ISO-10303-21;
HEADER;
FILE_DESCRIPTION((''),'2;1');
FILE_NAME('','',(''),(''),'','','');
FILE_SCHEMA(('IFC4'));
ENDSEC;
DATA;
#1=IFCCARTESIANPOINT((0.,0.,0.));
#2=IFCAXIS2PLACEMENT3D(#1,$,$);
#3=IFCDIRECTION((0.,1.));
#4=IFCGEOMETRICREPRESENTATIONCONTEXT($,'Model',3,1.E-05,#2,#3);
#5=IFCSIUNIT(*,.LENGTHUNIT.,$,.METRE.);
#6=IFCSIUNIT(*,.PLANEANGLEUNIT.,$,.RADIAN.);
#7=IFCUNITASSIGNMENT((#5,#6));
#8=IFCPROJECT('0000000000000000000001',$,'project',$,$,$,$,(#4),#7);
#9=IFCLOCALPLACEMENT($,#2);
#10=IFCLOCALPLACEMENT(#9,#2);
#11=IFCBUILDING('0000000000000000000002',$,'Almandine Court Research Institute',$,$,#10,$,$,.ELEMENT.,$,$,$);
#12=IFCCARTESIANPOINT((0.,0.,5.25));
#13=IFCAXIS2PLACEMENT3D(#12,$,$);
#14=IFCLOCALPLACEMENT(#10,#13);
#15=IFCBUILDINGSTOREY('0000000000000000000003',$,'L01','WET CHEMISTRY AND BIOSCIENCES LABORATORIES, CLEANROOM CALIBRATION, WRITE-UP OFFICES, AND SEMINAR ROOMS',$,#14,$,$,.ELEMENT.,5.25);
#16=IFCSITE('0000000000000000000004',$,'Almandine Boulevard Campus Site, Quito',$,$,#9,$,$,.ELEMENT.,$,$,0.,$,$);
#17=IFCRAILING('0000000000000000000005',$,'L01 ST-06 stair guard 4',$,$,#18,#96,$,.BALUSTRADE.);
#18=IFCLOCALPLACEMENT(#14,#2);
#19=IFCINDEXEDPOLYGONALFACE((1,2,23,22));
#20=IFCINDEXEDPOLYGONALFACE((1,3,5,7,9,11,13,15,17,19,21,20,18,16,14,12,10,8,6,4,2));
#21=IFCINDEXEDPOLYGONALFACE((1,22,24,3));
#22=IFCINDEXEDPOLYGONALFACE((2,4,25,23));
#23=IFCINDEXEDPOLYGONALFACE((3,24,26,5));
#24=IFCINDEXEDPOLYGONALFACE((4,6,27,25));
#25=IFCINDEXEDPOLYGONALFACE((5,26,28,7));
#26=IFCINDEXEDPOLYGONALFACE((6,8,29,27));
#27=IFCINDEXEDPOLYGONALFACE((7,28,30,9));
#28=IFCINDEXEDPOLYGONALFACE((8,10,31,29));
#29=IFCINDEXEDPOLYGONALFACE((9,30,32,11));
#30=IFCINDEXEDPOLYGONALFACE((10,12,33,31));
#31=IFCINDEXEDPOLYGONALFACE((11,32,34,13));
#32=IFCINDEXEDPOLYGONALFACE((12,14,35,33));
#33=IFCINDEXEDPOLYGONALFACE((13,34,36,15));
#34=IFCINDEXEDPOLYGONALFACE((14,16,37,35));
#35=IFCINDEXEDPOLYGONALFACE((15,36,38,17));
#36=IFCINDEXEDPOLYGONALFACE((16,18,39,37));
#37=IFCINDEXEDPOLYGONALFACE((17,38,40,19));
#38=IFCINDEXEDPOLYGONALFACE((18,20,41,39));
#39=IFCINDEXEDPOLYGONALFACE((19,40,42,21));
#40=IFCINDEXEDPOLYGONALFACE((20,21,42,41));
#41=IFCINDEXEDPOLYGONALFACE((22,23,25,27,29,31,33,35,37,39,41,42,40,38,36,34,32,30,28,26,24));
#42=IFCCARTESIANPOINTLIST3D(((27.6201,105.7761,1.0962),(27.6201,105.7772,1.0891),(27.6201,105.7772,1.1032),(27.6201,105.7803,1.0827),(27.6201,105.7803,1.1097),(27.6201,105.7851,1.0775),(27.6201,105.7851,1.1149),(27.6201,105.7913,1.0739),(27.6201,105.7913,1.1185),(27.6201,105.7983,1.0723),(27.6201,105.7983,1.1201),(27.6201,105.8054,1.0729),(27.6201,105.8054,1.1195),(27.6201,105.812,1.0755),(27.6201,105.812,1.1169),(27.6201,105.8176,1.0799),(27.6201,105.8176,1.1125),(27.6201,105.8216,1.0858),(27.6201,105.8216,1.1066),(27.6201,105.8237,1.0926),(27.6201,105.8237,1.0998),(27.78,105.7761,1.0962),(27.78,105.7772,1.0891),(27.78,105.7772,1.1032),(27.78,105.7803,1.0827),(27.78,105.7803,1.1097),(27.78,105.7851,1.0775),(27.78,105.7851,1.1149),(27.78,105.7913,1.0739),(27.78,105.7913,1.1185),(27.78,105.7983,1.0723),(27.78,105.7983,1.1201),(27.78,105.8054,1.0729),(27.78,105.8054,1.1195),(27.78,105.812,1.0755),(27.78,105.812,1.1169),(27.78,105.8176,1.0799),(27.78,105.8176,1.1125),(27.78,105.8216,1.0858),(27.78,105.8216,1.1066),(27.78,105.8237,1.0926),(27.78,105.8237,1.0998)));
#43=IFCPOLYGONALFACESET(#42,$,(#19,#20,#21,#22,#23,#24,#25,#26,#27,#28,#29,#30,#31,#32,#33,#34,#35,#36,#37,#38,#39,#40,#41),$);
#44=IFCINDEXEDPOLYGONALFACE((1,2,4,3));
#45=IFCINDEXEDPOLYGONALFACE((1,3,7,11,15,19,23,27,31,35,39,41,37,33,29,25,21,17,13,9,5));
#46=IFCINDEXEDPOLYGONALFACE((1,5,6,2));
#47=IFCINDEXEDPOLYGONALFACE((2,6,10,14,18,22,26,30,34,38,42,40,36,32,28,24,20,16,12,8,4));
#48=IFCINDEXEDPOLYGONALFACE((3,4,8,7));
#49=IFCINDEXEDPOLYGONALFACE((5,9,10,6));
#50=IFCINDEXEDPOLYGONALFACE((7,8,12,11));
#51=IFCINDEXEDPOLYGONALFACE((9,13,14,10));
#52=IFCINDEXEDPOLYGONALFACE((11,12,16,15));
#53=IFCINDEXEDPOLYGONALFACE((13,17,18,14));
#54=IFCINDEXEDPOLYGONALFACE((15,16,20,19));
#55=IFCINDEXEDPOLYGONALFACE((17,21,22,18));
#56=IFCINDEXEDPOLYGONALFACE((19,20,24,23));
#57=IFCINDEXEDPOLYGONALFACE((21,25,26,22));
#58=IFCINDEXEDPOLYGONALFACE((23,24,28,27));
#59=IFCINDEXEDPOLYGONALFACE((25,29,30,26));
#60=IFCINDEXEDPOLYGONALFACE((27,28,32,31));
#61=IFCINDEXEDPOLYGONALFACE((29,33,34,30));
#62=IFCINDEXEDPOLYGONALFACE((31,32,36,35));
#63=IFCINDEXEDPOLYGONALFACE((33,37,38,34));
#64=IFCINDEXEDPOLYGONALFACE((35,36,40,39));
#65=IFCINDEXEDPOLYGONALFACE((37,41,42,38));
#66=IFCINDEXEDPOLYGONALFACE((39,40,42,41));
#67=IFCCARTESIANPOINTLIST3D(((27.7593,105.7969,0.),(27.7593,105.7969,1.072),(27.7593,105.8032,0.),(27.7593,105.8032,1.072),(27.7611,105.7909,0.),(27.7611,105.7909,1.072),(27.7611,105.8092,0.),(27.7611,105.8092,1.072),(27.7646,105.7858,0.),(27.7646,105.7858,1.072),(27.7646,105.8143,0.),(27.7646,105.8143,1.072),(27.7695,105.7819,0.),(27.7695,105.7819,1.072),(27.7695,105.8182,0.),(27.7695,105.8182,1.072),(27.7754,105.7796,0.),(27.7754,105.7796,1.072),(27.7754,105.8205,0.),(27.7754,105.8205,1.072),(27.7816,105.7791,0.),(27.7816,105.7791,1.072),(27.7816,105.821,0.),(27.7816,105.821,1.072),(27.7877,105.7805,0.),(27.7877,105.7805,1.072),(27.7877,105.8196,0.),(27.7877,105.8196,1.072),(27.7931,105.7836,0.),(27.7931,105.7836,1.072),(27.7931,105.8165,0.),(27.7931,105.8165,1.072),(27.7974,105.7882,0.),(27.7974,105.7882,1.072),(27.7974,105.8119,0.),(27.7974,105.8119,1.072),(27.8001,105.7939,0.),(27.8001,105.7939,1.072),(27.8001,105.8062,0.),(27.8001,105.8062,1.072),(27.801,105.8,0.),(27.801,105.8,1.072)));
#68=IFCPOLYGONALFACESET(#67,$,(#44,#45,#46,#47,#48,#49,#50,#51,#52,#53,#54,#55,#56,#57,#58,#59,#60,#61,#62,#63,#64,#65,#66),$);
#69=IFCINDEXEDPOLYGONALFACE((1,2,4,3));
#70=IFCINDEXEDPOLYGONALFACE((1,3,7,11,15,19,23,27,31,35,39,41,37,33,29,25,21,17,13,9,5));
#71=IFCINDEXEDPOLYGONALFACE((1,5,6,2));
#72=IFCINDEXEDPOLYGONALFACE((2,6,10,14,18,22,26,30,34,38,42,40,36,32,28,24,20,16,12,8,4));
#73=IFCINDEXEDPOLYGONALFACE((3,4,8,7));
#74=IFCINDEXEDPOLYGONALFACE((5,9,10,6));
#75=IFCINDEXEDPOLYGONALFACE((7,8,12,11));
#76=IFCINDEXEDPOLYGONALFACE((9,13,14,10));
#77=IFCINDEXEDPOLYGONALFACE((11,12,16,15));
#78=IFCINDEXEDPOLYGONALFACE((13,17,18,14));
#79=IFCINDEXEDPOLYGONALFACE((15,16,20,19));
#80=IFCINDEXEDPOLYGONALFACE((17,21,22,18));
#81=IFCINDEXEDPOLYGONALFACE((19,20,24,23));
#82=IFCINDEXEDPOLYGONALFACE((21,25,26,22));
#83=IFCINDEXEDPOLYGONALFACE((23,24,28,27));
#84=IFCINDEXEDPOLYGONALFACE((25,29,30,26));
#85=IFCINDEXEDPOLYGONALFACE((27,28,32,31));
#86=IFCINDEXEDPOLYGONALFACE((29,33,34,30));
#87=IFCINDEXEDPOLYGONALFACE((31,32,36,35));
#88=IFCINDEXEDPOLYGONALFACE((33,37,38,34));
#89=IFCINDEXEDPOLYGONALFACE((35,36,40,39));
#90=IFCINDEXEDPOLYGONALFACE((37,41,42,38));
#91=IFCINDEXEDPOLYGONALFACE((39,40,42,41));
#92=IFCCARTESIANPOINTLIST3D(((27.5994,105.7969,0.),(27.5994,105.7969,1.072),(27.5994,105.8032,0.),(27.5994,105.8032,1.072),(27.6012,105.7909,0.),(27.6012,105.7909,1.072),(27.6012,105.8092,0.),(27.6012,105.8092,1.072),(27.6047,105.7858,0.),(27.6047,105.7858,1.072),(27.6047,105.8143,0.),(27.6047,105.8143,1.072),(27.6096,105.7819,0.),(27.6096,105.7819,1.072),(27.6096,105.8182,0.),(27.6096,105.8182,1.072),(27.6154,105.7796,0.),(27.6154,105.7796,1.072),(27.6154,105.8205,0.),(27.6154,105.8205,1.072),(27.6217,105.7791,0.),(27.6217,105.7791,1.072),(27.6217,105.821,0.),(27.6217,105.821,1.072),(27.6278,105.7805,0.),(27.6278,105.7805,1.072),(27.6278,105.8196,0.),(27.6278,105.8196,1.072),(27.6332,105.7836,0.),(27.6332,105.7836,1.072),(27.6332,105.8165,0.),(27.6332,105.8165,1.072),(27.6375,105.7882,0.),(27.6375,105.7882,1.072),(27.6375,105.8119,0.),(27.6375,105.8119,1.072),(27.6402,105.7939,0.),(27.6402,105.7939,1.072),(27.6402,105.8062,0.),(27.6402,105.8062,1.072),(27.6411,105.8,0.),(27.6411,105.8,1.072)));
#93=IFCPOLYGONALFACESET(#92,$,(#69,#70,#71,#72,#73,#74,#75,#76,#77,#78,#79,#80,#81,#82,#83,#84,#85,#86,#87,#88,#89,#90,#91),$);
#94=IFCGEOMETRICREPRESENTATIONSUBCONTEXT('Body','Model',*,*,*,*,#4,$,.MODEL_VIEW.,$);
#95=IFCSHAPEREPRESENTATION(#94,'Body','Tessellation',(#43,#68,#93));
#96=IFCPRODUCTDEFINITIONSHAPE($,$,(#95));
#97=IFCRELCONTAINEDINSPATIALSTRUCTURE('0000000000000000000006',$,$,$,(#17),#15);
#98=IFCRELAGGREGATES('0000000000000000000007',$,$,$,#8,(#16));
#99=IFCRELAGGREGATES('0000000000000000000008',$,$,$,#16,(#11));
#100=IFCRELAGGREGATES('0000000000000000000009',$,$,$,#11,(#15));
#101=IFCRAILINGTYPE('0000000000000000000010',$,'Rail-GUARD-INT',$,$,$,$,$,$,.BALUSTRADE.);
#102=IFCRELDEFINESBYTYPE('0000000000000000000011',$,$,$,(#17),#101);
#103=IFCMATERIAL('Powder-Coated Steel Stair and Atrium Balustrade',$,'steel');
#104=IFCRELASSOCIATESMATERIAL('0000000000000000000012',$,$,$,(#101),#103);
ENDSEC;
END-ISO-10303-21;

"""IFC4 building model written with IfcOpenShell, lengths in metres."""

from ifc_helpers import new_model, si_unit, direction, frame, origin, origin_2d, place, context, subcontext, project, spatial, circle, extrude, material, type_object, element, save


model = new_model("IFC4")

# Units and contexts
model_context = context("Model", 3, precision=1e-05, world=origin(), true_north=direction((0.0, 1.0)))
body_context = subcontext(model_context, "Body", "Model", "MODEL_VIEW")
ifc_project = project(units=[si_unit("LENGTHUNIT", "METRE"), si_unit("PLANEANGLEUNIT", "RADIAN")], contexts=[model_context])

# Site, building, storey
site_placement = place(None, origin())
site = spatial("IfcSite", under=ifc_project, at=site_placement, Name="Almandine Boulevard Campus Site, Quito", CompositionType="ELEMENT", RefElevation=0.0)
building_placement = place(site_placement, origin())
building = spatial("IfcBuilding", under=site, at=building_placement, Name="Almandine Court Research Institute", CompositionType="ELEMENT")
storey_placement = place(building_placement, frame((0.0, 0.0, 5.25)))
storey = spatial("IfcBuildingStorey", under=building, at=storey_placement, Name="L01", Description="WET CHEMISTRY AND BIOSCIENCES LABORATORIES, CLEANROOM CALIBRATION, WRITE-UP OFFICES, AND SEMINAR ROOMS", CompositionType="ELEMENT", Elevation=5.25)

# Railing
ifc_material_1 = material(Name="Powder-Coated Steel Stair and Atrium Balustrade", Category="steel")
railing_type_1 = type_object("IfcRailingType", Name="Rail-GUARD-INT", PredefinedType="BALUSTRADE", material=ifc_material_1)
railing_1_placement = place(storey_placement, frame((27.78, 105.8, 0.0)))
element("IfcRailing", 1, at=railing_1_placement, inside=storey, type_object=railing_type_1, Name="L01 ST-06 stair guard 4", PredefinedType="BALUSTRADE", context=body_context, shape_type="SweptSolid", body=[
    extrude(circle(Radius=0.0239, at=origin_2d()), frame((0.0, 0.0, 1.0962), z_axis=(-1.0, 0.0, 0.0), x_axis=(0.0, -1.0, 0.0)), (0.0, 0.0, 1.0), 0.1599),
    extrude(circle(Radius=0.021, at=origin_2d()), origin(), (0.0, 0.0, 1.0), 1.072),
    extrude(circle(Radius=0.021, at=origin_2d()), frame((-0.1599, 0.0, 0.0)), (0.0, 0.0, 1.0), 1.072),
])

save(model, "model.ifc")
